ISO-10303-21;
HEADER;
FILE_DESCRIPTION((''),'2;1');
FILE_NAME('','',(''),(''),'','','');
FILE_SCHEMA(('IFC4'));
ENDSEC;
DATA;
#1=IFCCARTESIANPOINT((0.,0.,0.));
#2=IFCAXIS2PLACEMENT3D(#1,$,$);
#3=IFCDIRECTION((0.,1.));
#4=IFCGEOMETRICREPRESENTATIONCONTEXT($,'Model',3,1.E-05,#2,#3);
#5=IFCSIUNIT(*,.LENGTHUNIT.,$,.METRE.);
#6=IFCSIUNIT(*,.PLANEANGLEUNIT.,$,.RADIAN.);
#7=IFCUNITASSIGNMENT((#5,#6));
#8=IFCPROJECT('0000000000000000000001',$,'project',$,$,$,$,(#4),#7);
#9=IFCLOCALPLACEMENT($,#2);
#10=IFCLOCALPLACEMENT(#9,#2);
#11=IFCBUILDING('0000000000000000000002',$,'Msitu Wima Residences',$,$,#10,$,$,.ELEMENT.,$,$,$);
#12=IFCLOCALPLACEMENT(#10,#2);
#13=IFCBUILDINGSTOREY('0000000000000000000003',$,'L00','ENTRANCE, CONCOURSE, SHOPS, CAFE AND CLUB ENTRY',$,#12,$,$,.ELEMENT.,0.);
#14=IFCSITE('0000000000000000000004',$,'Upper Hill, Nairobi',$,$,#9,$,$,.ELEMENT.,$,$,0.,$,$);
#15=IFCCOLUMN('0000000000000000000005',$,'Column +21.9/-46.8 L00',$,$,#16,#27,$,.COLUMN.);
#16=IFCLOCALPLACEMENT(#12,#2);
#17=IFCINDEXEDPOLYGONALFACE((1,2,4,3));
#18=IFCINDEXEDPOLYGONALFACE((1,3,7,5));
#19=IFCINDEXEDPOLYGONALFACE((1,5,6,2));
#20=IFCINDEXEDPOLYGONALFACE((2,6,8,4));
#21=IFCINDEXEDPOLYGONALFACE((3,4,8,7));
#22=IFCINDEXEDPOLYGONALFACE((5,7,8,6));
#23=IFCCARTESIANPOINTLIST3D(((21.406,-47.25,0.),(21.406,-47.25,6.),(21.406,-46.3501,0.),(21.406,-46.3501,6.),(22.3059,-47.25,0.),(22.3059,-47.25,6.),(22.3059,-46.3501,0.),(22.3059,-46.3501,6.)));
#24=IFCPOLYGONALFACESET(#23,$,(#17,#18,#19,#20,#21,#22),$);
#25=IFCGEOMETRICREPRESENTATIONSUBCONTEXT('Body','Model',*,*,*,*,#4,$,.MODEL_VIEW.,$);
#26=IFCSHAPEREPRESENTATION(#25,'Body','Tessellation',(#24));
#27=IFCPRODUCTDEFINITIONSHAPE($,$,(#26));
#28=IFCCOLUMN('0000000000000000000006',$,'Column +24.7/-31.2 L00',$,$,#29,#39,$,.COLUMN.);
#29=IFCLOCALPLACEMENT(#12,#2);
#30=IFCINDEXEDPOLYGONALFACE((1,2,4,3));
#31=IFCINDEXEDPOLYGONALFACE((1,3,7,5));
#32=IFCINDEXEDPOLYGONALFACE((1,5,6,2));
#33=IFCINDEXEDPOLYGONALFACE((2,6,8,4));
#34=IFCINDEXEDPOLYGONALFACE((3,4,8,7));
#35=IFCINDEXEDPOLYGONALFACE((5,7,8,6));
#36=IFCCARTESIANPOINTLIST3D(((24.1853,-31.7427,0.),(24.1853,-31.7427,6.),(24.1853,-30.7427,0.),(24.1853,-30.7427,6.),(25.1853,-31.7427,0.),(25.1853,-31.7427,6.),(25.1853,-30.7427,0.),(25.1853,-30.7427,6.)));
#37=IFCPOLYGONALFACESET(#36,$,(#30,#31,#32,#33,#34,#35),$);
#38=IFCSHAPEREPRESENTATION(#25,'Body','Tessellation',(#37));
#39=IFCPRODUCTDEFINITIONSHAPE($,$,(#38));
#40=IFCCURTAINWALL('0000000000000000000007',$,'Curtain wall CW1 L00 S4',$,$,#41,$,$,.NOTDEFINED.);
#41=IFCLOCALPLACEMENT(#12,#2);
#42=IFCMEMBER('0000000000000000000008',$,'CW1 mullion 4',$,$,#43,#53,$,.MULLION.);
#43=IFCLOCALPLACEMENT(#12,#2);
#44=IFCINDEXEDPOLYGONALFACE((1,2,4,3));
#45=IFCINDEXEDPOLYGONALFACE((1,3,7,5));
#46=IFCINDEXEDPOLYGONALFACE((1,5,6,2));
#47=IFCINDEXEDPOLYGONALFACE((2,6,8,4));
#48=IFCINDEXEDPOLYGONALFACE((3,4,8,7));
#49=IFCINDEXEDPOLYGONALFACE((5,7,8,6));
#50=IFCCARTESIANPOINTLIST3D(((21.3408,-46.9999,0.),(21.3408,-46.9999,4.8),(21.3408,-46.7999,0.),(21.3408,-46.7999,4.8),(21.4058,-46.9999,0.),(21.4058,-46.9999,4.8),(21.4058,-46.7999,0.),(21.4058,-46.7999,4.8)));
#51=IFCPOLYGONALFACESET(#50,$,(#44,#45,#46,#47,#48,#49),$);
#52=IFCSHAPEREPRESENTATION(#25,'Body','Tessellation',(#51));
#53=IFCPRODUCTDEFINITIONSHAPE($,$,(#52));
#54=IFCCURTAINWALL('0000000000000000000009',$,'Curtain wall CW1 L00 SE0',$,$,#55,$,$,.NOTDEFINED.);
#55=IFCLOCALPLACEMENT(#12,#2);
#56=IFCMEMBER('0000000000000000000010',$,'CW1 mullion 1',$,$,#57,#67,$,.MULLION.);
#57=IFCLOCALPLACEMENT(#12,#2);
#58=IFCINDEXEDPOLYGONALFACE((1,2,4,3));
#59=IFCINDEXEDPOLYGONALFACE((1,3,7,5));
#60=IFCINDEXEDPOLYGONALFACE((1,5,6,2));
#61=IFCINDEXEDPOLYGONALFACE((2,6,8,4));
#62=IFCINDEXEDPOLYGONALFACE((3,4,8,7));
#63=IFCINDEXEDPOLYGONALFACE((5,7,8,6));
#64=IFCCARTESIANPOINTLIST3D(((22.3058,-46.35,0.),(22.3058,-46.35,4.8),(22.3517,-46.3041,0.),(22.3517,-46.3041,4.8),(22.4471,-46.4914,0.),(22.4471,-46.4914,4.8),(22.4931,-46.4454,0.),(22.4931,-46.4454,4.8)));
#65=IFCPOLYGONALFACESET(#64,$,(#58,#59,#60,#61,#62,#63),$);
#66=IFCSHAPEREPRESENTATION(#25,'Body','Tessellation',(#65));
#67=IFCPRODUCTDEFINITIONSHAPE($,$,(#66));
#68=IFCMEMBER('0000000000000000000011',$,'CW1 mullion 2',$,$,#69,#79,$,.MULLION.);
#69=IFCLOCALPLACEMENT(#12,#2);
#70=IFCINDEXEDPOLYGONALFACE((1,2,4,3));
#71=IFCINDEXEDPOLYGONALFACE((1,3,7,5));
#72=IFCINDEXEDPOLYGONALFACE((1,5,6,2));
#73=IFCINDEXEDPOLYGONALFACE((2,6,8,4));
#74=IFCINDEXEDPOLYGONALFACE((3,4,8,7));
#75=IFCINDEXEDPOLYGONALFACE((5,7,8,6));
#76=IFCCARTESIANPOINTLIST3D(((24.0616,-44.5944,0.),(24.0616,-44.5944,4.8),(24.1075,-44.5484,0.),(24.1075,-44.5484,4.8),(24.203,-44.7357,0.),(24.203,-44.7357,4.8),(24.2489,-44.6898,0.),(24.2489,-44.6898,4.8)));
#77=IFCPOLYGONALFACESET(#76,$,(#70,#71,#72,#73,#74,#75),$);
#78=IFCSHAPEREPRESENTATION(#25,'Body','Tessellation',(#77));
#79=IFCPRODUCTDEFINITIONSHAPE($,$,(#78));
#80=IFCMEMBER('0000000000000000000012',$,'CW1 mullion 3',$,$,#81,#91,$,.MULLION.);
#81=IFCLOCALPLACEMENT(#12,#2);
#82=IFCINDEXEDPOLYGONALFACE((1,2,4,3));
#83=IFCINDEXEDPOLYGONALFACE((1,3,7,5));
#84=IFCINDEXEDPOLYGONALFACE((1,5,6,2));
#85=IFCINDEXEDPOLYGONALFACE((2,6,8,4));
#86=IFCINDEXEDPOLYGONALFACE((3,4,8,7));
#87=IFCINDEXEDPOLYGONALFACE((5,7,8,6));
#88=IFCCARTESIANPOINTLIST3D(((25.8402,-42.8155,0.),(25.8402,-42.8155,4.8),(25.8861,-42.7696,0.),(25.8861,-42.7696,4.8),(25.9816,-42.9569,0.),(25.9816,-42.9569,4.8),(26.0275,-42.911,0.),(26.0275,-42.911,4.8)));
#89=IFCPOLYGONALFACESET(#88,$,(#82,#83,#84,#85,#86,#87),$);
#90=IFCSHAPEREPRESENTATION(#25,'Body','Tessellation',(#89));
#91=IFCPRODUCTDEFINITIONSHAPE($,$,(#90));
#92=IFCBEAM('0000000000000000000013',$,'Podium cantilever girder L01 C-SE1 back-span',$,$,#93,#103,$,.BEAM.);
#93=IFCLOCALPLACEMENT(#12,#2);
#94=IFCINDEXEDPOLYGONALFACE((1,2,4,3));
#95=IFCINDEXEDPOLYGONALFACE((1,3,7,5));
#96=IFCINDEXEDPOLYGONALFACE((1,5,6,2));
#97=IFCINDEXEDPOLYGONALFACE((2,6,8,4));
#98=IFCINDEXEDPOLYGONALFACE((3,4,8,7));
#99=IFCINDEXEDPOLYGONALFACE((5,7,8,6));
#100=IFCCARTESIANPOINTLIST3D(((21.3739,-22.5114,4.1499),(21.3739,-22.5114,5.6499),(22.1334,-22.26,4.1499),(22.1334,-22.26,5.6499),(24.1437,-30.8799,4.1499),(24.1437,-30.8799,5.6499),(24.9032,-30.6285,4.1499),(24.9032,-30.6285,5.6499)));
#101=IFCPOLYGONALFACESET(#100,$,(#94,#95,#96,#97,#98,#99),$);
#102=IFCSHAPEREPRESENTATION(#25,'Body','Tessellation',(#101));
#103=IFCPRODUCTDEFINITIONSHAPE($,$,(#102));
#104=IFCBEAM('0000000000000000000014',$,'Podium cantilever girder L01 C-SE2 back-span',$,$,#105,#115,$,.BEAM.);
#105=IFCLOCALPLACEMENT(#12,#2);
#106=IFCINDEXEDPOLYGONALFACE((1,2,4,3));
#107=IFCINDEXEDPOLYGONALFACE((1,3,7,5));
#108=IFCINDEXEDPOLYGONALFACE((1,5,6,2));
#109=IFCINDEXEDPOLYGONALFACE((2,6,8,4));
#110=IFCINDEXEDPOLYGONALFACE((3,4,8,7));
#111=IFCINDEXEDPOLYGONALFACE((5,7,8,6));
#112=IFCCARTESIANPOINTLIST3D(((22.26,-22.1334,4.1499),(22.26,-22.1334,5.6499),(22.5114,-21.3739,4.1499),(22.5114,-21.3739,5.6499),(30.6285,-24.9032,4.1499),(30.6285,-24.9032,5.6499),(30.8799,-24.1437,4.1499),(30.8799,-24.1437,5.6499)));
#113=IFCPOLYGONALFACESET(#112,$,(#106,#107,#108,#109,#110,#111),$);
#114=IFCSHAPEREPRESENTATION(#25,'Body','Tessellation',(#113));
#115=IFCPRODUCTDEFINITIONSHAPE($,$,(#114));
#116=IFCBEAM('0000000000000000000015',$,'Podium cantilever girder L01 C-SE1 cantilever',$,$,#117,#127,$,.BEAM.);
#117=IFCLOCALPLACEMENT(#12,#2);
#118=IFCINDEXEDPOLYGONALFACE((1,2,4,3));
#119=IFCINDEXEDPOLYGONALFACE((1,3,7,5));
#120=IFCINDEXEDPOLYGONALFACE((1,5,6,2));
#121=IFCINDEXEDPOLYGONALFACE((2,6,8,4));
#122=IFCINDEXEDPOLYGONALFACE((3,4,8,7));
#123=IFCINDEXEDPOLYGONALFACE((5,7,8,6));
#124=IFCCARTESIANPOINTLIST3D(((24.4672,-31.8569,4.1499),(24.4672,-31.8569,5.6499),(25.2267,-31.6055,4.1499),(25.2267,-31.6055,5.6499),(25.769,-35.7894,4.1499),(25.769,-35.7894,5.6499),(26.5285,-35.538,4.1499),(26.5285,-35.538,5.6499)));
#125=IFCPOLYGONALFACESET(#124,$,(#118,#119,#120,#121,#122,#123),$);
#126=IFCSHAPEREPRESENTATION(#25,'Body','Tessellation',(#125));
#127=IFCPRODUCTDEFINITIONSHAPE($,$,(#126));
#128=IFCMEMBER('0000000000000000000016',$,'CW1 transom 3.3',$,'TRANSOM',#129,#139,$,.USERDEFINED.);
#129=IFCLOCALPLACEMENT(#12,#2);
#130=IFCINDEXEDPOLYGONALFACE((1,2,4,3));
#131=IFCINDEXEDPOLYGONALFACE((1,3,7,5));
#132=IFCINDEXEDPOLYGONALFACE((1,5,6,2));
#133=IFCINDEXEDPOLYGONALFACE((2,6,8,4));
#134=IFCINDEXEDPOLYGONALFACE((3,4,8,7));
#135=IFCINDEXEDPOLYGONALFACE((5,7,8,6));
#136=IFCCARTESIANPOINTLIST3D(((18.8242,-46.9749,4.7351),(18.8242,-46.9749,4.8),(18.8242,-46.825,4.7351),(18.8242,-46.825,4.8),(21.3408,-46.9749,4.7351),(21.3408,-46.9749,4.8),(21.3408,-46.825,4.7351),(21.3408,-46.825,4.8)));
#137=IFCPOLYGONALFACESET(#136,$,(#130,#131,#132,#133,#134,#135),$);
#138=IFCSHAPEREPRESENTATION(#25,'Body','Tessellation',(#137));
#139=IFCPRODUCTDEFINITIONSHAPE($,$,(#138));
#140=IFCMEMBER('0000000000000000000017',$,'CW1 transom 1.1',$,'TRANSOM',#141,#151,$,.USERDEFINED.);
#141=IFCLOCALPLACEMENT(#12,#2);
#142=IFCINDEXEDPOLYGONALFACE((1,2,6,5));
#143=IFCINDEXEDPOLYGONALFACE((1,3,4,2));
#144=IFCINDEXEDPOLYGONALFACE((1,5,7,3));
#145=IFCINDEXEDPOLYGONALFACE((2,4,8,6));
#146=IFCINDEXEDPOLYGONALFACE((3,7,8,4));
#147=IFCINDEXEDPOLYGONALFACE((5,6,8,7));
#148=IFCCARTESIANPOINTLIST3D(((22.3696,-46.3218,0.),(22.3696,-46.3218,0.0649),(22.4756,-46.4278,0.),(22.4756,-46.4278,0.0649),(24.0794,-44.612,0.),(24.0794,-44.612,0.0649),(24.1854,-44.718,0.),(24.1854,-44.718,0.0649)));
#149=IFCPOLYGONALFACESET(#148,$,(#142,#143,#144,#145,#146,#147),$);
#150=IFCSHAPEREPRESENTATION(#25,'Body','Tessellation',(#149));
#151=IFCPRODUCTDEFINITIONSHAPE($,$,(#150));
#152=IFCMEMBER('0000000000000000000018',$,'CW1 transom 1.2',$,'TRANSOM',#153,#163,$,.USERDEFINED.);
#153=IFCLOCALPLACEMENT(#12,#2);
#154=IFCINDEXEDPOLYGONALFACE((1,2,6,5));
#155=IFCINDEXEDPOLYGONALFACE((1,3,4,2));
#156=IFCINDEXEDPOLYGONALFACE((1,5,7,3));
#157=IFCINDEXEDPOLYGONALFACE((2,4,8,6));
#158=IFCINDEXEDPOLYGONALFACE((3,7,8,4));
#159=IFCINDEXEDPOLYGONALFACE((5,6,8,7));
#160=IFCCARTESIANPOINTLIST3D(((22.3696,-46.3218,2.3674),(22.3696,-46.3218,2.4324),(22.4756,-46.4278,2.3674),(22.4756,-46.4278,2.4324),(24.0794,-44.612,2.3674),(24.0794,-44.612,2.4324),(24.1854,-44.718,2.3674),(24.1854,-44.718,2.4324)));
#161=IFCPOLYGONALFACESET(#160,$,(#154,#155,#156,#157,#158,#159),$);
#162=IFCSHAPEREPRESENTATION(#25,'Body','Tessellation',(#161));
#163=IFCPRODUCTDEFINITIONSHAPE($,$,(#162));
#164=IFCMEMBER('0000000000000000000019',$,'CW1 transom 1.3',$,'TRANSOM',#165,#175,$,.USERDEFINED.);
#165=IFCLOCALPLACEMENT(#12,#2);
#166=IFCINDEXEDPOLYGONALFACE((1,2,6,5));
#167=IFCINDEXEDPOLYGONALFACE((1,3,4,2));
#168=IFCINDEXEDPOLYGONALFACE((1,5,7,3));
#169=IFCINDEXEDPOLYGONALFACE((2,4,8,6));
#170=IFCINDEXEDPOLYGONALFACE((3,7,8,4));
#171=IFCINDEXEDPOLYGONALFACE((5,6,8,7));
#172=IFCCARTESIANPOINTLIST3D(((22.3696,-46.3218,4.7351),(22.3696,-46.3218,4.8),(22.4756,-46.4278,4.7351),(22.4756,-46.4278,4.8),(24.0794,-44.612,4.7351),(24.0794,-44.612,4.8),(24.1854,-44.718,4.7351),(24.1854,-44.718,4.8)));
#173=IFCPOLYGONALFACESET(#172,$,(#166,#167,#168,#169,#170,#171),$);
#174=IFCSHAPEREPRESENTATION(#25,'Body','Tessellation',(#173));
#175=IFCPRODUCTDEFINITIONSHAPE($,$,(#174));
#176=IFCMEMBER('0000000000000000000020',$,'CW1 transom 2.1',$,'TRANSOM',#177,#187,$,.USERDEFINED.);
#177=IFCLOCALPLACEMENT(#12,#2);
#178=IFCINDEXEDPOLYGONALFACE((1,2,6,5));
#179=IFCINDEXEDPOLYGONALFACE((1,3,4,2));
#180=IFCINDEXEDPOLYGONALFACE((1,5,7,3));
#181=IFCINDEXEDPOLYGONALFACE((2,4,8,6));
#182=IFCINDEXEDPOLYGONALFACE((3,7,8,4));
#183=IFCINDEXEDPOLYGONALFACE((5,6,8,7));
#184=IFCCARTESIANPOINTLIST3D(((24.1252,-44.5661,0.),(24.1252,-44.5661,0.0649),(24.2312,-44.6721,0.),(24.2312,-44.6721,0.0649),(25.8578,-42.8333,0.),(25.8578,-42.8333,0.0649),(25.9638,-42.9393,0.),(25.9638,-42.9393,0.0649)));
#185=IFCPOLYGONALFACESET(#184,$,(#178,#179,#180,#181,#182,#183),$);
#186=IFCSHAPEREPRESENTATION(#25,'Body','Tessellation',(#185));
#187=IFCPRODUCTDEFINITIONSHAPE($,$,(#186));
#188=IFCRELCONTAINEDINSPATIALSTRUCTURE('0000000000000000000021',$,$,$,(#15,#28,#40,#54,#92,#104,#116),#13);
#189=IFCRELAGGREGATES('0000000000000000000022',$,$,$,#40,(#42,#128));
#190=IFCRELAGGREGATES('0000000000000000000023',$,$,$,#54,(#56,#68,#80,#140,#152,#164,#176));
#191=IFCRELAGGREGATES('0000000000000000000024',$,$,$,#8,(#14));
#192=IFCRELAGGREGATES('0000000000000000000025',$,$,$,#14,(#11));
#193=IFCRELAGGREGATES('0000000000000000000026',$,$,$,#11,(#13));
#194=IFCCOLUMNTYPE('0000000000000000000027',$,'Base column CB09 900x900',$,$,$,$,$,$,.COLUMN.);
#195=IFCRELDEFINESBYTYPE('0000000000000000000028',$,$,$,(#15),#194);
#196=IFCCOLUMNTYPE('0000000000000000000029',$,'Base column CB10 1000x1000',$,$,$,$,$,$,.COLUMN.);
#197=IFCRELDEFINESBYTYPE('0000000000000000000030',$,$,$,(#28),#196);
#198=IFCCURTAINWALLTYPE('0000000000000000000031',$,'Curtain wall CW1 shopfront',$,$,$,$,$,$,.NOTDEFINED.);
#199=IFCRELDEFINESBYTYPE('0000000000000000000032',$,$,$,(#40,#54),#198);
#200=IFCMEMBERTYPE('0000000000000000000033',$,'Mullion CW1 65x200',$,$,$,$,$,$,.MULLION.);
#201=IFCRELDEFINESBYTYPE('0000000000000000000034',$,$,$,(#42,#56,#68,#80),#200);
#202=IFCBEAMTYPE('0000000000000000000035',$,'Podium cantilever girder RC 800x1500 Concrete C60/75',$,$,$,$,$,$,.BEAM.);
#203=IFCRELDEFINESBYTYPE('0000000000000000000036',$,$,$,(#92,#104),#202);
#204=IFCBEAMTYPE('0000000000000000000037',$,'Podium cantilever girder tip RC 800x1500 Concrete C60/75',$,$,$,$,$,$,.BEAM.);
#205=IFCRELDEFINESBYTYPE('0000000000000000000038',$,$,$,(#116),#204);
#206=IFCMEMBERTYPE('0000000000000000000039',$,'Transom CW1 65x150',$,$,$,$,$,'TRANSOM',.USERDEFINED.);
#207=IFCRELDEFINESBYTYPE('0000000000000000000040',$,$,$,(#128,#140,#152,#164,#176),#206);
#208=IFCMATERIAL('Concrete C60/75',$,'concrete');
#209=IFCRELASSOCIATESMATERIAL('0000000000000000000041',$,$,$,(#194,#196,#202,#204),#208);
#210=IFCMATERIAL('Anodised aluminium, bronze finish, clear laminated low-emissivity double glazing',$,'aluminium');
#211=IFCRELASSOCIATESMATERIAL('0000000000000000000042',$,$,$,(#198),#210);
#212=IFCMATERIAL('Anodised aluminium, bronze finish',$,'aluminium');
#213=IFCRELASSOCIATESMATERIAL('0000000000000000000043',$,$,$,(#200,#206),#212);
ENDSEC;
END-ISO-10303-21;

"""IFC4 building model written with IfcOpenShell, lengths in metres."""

from ifc_helpers import new_model, si_unit, direction, frame, origin, origin_2d, place, context, subcontext, project, spatial, rectangle, extrude, material, material_profile, profile_set, type_object, element, aggregate, save


model = new_model("IFC4")

# Units and contexts
model_context = context("Model", 3, precision=1e-05, world=origin(), true_north=direction((0.0, 1.0)))
body_context = subcontext(model_context, "Body", "Model", "MODEL_VIEW")
ifc_project = project(units=[si_unit("LENGTHUNIT", "METRE"), si_unit("PLANEANGLEUNIT", "RADIAN")], contexts=[model_context])

# Site, building, storey
site_placement = place(None, origin())
site = spatial("IfcSite", under=ifc_project, at=site_placement, Name="Upper Hill, Nairobi", CompositionType="ELEMENT", RefElevation=0.0)
building_placement = place(site_placement, origin())
building = spatial("IfcBuilding", under=site, at=building_placement, Name="Msitu Wima Residences", CompositionType="ELEMENT")
storey_placement = place(building_placement, origin())
storey = spatial("IfcBuildingStorey", under=building, at=storey_placement, Name="L00", Description="ENTRANCE, CONCOURSE, SHOPS, CAFE AND CLUB ENTRY", CompositionType="ELEMENT", Elevation=0.0)

# Columns
ifc_material_1 = material(Name="Concrete C60/75", Category="concrete")
ifc_material_profile_1 = material_profile(ifc_material_1, rectangle(XDim=0.8999, YDim=0.8999, at=origin_2d()), Name="RC 900x900")
ifc_profile_set_1 = profile_set([ifc_material_profile_1], Name="Concrete C60/75")
column_type_1 = type_object("IfcColumnType", Name="Base column CB09 900x900", PredefinedType="COLUMN", material=ifc_profile_set_1)
column_1_placement = place(storey_placement, frame((21.856, -46.8, 0.0), z_axis=(0.0, 0.0, 1.0), x_axis=(1.0, 0.0, 0.0)))
element("IfcColumn", 1, at=column_1_placement, inside=storey, type_object=column_type_1, Name="Column +21.9/-46.8 L00", PredefinedType="COLUMN", context=body_context, shape_type="SweptSolid", body=[
    extrude(rectangle(XDim=0.8999, YDim=0.8999, at=origin_2d()), origin(), (0.0, 0.0, 1.0), 6.0),
])
ifc_material_profile_2 = material_profile(ifc_material_1, rectangle(XDim=1.0, YDim=1.0, at=origin_2d()), Name="RC 1000x1000")
ifc_profile_set_2 = profile_set([ifc_material_profile_2], Name="Concrete C60/75")
column_type_2 = type_object("IfcColumnType", Name="Base column CB10 1000x1000", PredefinedType="COLUMN", material=ifc_profile_set_2)
column_2_placement = place(storey_placement, frame((24.6853, -31.2427, 0.0), z_axis=(0.0, 0.0, 1.0), x_axis=(1.0, 0.0, 0.0)))
element("IfcColumn", 2, at=column_2_placement, inside=storey, type_object=column_type_2, Name="Column +24.7/-31.2 L00", PredefinedType="COLUMN", context=body_context, shape_type="SweptSolid", body=[
    extrude(rectangle(XDim=1.0, YDim=1.0, at=origin_2d()), origin(), (0.0, 0.0, 1.0), 6.0),
])

# Curtain wall, member
ifc_material_2 = material(Name="Anodised aluminium, bronze finish, clear laminated low-emissivity double glazing", Category="aluminium")
curtain_wall_type = type_object("IfcCurtainWallType", Name="Curtain wall CW1 shopfront", PredefinedType="NOTDEFINED", material=ifc_material_2)
curtain_wall_1_placement = place(storey_placement, origin())
curtain_wall_1 = element("IfcCurtainWall", 3, at=curtain_wall_1_placement, inside=storey, type_object=curtain_wall_type, Name="Curtain wall CW1 L00 S4", PredefinedType="NOTDEFINED")
ifc_material_3 = material(Name="Anodised aluminium, bronze finish", Category="aluminium")
ifc_material_profile_3 = material_profile(ifc_material_3, rectangle(XDim=0.2, YDim=0.0649, at=origin_2d()), Name="Mullion 65x200")
ifc_profile_set_3 = profile_set([ifc_material_profile_3], Name="Anodised aluminium, bronze finish")
member_type_1 = type_object("IfcMemberType", Name="Mullion CW1 65x200", PredefinedType="MULLION", material=ifc_profile_set_3)
member_1_placement = place(storey_placement, frame((21.3733, -46.8999, 0.0), z_axis=(0.0, 0.0, 1.0), x_axis=(0.0, 1.0, 0.0)))
member_1 = element("IfcMember", 4, at=member_1_placement, type_object=member_type_1, Name="CW1 mullion 4", PredefinedType="MULLION", context=body_context, shape_type="SweptSolid", body=[
    extrude(rectangle(XDim=0.2, YDim=0.0649, at=origin_2d()), origin(), (0.0, 0.0, 1.0), 4.8),
])

# Curtain wall, members
curtain_wall_2_placement = place(storey_placement, origin())
curtain_wall_2 = element("IfcCurtainWall", 5, at=curtain_wall_2_placement, inside=storey, type_object=curtain_wall_type, Name="Curtain wall CW1 L00 SE0", PredefinedType="NOTDEFINED")
member_2_placement = place(storey_placement, frame((22.3994, -46.3977, 0.0), z_axis=(0.0, 0.0, 1.0), x_axis=(-0.707107, 0.707107, 0.0)))
member_2 = element("IfcMember", 6, at=member_2_placement, type_object=member_type_1, Name="CW1 mullion 1", PredefinedType="MULLION", context=body_context, shape_type="SweptSolid", body=[
    extrude(rectangle(XDim=0.2, YDim=0.0649, at=origin_2d()), origin(), (0.0, 0.0, 1.0), 4.8),
])
member_3_placement = place(storey_placement, frame((24.1553, -44.6421, 0.0), z_axis=(0.0, 0.0, 1.0), x_axis=(-0.707107, 0.707107, 0.0)))
member_3 = element("IfcMember", 7, at=member_3_placement, type_object=member_type_1, Name="CW1 mullion 2", PredefinedType="MULLION", context=body_context, shape_type="SweptSolid", body=[
    extrude(rectangle(XDim=0.2, YDim=0.0649, at=origin_2d()), origin(), (0.0, 0.0, 1.0), 4.8),
])
member_4_placement = place(storey_placement, frame((25.9338, -42.8633, 0.0), z_axis=(0.0, 0.0, 1.0), x_axis=(-0.707107, 0.707107, 0.0)))
member_4 = element("IfcMember", 8, at=member_4_placement, type_object=member_type_1, Name="CW1 mullion 3", PredefinedType="MULLION", context=body_context, shape_type="SweptSolid", body=[
    extrude(rectangle(XDim=0.2, YDim=0.0649, at=origin_2d()), origin(), (0.0, 0.0, 1.0), 4.8),
])

# Beams
ifc_material_profile_4 = material_profile(ifc_material_1, rectangle(XDim=0.8, YDim=1.5, at=origin_2d()), Name="RC 800x1500")
ifc_profile_set_4 = profile_set([ifc_material_profile_4], Name="Concrete C60/75")
beam_type_1 = type_object("IfcBeamType", Name="Podium cantilever girder RC 800x1500 Concrete C60/75", PredefinedType="BEAM", material=ifc_profile_set_4)
for number, where, z_axis, x_axis, name in (
    (9, (21.7537, -22.3857, 4.8999), (0.314216, -0.949351, 0.0), (0.949351, 0.314216, 0.0), "Podium cantilever girder L01 C-SE1 back-span"),
    (10, (22.3857, -21.7537, 4.8999), (0.949351, -0.314216, 0.0), (0.314216, 0.949351, 0.0), "Podium cantilever girder L01 C-SE2 back-span"),
):
    element("IfcBeam", number, at=place(storey_placement, frame(where, z_axis=z_axis, x_axis=x_axis)), inside=storey, type_object=beam_type_1, Name=name, PredefinedType="BEAM", context=body_context, shape_type="SweptSolid", body=[
        extrude(rectangle(XDim=0.8, YDim=1.5, at=origin_2d()), origin(), (0.0, 0.0, 1.0), 8.8149),
    ])
ifc_material_profile_5 = material_profile(ifc_material_1, rectangle(XDim=0.8, YDim=1.5, at=origin_2d()), Name="RC 800x1500")
ifc_profile_set_5 = profile_set([ifc_material_profile_5], Name="Concrete C60/75")
beam_type_2 = type_object("IfcBeamType", Name="Podium cantilever girder tip RC 800x1500 Concrete C60/75", PredefinedType="BEAM", material=ifc_profile_set_5)
beam_placement = place(storey_placement, frame((24.8469, -31.7312, 4.8999), z_axis=(0.314264, -0.949335, 0.0), x_axis=(0.949335, 0.314264, 0.0)))
element("IfcBeam", 11, at=beam_placement, inside=storey, type_object=beam_type_2, Name="Podium cantilever girder L01 C-SE1 cantilever", PredefinedType="BEAM", context=body_context, shape_type="SweptSolid", body=[
    extrude(rectangle(XDim=0.8, YDim=1.5, at=origin_2d()), origin(), (0.0, 0.0, 1.0), 4.1423),
])

# Members
ifc_material_profile_6 = material_profile(ifc_material_3, rectangle(XDim=0.1499, YDim=0.0649, at=origin_2d()), Name="Transom 65x150")
ifc_profile_set_6 = profile_set([ifc_material_profile_6], Name="Anodised aluminium, bronze finish")
member_type_2 = type_object("IfcMemberType", Name="Transom CW1 65x150", ElementType="TRANSOM", PredefinedType="USERDEFINED", material=ifc_profile_set_6)
member_5_placement = place(storey_placement, frame((18.8242, -46.8999, 4.7676), z_axis=(1.0, 0.0, 0.0), x_axis=(0.0, 1.0, 0.0)))
member_5 = element("IfcMember", 12, at=member_5_placement, type_object=member_type_2, Name="CW1 transom 3.3", ObjectType="TRANSOM", PredefinedType="USERDEFINED", context=body_context, shape_type="SweptSolid", body=[
    extrude(rectangle(XDim=0.1499, YDim=0.0649, at=origin_2d()), origin(), (0.0, 0.0, 1.0), 2.5166),
])
member_6_placement = place(storey_placement, frame((22.4226, -46.3748, 0.0325), z_axis=(0.707107, 0.707107, 0.0), x_axis=(-0.707107, 0.707107, 0.0)))
member_6 = element("IfcMember", 13, at=member_6_placement, type_object=member_type_2, Name="CW1 transom 1.1", ObjectType="TRANSOM", PredefinedType="USERDEFINED", context=body_context, shape_type="SweptSolid", body=[
    extrude(rectangle(XDim=0.1499, YDim=0.0649, at=origin_2d()), origin(), (0.0, 0.0, 1.0), 2.418),
])
member_7_placement = place(storey_placement, frame((22.4226, -46.3748, 2.3999), z_axis=(0.707107, 0.707107, 0.0), x_axis=(-0.707107, 0.707107, 0.0)))
member_7 = element("IfcMember", 14, at=member_7_placement, type_object=member_type_2, Name="CW1 transom 1.2", ObjectType="TRANSOM", PredefinedType="USERDEFINED", context=body_context, shape_type="SweptSolid", body=[
    extrude(rectangle(XDim=0.1499, YDim=0.0649, at=origin_2d()), origin(), (0.0, 0.0, 1.0), 2.418),
])
member_8_placement = place(storey_placement, frame((22.4226, -46.3748, 4.7676), z_axis=(0.707107, 0.707107, 0.0), x_axis=(-0.707107, 0.707107, 0.0)))
member_8 = element("IfcMember", 15, at=member_8_placement, type_object=member_type_2, Name="CW1 transom 1.3", ObjectType="TRANSOM", PredefinedType="USERDEFINED", context=body_context, shape_type="SweptSolid", body=[
    extrude(rectangle(XDim=0.1499, YDim=0.0649, at=origin_2d()), origin(), (0.0, 0.0, 1.0), 2.418),
])
member_9_placement = place(storey_placement, frame((24.1782, -44.6191, 0.0325), z_axis=(0.707057, 0.707157, 0.0), x_axis=(-0.707157, 0.707057, 0.0)))
member_9 = element("IfcMember", 16, at=member_9_placement, type_object=member_type_2, Name="CW1 transom 2.1", ObjectType="TRANSOM", PredefinedType="USERDEFINED", context=body_context, shape_type="SweptSolid", body=[
    extrude(rectangle(XDim=0.1499, YDim=0.0649, at=origin_2d()), origin(), (0.0, 0.0, 1.0), 2.4504),
])

aggregate(curtain_wall_1, [member_1, member_5])
aggregate(curtain_wall_2, [member_2, member_3, member_4, member_6, member_7, member_8, member_9])

save(model, "model.ifc")
